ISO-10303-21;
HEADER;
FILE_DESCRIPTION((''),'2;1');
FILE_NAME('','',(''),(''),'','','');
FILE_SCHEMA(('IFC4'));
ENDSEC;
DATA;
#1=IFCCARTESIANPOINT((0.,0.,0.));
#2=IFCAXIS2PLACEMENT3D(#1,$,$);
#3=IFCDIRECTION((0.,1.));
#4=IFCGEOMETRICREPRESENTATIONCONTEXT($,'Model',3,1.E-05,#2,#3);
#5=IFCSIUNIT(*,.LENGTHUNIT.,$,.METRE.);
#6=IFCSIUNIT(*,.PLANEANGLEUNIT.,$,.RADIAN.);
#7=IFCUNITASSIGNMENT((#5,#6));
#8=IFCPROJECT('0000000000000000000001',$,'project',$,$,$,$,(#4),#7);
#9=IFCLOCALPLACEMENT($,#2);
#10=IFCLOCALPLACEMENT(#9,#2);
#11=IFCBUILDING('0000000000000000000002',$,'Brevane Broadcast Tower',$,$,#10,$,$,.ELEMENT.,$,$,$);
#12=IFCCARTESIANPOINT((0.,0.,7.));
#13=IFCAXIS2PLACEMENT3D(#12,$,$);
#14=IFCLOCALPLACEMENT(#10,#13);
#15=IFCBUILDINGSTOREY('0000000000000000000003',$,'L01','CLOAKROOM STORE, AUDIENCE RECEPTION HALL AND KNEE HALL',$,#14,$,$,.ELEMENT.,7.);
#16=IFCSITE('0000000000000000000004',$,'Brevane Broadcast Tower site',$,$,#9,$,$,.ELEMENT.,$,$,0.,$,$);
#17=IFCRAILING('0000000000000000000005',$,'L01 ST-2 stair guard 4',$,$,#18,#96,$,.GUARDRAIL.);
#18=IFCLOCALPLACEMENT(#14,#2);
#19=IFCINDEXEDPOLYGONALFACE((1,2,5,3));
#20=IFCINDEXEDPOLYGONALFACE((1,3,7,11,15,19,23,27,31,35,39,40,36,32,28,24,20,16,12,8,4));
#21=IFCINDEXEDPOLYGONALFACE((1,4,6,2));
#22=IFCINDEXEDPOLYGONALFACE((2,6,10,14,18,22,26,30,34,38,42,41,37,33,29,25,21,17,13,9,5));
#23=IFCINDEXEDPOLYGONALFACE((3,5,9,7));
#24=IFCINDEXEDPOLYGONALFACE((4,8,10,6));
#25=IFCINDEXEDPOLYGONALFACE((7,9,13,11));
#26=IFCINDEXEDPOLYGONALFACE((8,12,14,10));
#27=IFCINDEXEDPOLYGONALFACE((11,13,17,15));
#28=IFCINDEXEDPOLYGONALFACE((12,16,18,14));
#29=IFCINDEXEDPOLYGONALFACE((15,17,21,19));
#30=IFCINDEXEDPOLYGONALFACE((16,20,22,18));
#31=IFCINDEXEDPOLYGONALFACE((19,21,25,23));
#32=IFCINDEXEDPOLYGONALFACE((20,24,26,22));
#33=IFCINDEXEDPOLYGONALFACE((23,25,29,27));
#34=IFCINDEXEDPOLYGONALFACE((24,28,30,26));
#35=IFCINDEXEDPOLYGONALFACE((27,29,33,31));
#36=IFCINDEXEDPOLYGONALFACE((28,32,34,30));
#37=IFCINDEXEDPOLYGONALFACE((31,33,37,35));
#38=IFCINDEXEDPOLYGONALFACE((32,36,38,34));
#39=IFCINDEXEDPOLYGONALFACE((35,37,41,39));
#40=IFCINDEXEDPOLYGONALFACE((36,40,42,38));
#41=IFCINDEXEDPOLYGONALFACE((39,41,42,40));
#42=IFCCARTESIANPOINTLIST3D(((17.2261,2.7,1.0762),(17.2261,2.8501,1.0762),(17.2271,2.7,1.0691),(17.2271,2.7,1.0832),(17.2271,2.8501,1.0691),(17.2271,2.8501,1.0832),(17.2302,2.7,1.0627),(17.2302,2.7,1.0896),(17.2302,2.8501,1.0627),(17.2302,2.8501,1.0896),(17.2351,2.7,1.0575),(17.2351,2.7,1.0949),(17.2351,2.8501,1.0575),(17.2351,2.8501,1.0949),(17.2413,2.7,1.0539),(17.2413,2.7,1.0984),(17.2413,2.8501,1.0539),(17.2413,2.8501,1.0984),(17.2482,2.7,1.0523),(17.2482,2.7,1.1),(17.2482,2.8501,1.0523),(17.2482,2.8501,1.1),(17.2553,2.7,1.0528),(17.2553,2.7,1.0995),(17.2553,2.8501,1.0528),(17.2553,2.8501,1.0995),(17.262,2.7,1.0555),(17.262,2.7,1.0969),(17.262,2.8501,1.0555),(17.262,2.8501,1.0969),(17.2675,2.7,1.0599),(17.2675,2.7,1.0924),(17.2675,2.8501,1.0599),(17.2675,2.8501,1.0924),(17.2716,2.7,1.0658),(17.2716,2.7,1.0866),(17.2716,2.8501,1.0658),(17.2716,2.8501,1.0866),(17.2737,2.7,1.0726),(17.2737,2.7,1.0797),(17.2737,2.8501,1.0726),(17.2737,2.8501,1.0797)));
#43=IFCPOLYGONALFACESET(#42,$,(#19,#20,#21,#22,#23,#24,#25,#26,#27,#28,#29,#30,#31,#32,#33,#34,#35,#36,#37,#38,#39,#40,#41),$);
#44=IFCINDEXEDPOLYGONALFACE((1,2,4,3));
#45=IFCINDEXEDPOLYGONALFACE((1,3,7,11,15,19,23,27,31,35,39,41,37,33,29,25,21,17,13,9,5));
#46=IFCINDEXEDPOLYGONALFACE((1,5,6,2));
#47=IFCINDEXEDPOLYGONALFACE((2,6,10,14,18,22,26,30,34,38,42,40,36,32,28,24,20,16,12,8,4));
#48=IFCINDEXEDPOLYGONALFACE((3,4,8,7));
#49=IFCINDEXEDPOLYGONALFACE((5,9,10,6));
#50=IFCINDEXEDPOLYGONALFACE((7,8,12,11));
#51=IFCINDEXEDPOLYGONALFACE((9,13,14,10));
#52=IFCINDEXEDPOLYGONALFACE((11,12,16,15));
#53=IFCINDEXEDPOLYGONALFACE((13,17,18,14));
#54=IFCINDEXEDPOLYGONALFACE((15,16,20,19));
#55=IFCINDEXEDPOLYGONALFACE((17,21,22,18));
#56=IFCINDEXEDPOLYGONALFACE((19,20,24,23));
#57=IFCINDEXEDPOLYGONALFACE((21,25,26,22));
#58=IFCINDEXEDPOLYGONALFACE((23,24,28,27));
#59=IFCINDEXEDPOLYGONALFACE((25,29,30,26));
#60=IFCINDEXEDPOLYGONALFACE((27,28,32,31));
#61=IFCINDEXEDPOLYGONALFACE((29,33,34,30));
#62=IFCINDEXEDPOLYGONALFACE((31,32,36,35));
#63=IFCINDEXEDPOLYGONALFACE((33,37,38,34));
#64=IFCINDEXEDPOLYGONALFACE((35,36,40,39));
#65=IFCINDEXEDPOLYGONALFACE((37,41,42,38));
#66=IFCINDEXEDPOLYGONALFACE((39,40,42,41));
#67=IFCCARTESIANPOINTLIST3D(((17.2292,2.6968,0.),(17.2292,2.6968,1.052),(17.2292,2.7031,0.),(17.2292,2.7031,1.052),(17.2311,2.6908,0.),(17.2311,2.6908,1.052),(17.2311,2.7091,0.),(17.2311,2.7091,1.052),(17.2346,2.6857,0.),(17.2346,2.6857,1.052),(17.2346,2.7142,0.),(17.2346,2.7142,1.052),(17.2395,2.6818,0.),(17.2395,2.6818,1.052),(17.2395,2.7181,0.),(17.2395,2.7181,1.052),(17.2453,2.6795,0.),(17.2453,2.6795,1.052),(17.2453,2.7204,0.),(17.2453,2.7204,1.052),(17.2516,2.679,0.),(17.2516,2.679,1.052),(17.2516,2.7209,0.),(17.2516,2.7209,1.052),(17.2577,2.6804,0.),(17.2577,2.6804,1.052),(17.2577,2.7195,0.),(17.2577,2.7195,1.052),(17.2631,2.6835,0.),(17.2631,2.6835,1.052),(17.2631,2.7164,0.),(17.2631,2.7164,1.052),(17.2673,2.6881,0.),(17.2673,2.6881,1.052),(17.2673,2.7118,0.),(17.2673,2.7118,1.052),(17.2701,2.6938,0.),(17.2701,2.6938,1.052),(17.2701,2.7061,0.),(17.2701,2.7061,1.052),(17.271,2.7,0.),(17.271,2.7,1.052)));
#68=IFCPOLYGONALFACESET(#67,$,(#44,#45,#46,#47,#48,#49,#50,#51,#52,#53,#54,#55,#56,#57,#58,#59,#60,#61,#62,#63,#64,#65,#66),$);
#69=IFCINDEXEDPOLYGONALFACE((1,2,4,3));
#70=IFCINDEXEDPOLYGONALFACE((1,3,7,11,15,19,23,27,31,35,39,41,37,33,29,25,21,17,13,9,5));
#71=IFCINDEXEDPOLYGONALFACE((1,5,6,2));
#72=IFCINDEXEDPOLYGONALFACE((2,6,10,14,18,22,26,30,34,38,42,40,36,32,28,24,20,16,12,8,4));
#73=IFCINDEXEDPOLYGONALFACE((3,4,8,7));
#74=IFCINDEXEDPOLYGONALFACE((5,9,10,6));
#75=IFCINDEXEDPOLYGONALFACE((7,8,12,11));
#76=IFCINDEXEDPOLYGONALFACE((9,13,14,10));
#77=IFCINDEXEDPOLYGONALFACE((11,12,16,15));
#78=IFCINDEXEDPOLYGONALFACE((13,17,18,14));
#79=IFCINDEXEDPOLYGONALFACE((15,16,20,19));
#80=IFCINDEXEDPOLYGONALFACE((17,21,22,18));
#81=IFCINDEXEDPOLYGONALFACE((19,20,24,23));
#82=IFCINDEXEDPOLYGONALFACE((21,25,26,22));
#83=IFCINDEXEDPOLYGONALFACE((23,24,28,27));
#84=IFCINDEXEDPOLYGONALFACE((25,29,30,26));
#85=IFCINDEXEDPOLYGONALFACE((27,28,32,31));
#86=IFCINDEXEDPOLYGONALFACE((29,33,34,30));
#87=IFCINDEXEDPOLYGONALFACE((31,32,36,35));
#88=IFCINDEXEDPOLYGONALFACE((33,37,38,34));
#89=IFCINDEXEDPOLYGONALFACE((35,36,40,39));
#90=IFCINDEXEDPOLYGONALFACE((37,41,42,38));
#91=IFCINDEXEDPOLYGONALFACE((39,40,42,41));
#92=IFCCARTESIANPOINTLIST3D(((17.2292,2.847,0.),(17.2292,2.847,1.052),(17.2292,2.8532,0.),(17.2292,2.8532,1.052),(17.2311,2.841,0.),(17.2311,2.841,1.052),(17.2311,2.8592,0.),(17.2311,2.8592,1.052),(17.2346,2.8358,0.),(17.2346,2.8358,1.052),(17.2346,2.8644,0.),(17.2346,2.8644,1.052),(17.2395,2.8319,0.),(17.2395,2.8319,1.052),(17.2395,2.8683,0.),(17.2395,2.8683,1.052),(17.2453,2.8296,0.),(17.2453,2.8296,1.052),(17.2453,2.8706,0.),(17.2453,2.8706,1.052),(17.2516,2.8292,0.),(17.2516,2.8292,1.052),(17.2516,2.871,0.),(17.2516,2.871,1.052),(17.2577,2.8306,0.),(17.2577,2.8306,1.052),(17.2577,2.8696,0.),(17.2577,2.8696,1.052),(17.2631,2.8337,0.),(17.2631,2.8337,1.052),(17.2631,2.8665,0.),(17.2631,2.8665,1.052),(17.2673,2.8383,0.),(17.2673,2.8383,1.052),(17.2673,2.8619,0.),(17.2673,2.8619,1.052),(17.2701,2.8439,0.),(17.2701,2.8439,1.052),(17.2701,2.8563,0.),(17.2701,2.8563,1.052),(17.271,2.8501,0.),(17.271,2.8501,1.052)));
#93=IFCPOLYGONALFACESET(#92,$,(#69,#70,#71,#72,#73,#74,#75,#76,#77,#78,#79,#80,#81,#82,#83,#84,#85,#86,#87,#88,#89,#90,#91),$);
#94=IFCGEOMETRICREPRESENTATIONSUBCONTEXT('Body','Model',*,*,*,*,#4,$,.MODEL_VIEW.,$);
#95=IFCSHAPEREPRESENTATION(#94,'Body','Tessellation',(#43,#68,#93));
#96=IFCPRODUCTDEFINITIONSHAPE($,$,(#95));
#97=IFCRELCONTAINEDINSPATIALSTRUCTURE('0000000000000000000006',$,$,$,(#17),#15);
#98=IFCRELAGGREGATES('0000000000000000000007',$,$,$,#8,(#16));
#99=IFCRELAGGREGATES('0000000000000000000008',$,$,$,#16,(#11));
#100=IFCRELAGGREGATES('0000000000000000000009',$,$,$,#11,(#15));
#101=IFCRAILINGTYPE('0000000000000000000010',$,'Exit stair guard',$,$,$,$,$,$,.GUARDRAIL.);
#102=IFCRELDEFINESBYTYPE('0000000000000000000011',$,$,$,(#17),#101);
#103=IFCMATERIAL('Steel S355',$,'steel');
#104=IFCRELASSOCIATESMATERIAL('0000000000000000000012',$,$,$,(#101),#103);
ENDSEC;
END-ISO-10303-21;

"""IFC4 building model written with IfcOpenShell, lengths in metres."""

from ifc_helpers import new_model, si_unit, direction, frame, origin, origin_2d, place, context, subcontext, project, spatial, circle, extrude, material, type_object, element, save


model = new_model("IFC4")

# Units and contexts
model_context = context("Model", 3, precision=1e-05, world=origin(), true_north=direction((0.0, 1.0)))
body_context = subcontext(model_context, "Body", "Model", "MODEL_VIEW")
ifc_project = project(units=[si_unit("LENGTHUNIT", "METRE"), si_unit("PLANEANGLEUNIT", "RADIAN")], contexts=[model_context])

# Site, building, storey
site_placement = place(None, origin())
site = spatial("IfcSite", under=ifc_project, at=site_placement, Name="Brevane Broadcast Tower site", CompositionType="ELEMENT", RefElevation=0.0)
building_placement = place(site_placement, origin())
building = spatial("IfcBuilding", under=site, at=building_placement, Name="Brevane Broadcast Tower", CompositionType="ELEMENT")
storey_placement = place(building_placement, frame((0.0, 0.0, 7.0)))
storey = spatial("IfcBuildingStorey", under=building, at=storey_placement, Name="L01", Description="CLOAKROOM STORE, AUDIENCE RECEPTION HALL AND KNEE HALL", CompositionType="ELEMENT", Elevation=7.0)

# Railing
ifc_material_1 = material(Name="Steel S355", Category="steel")
railing_type_1 = type_object("IfcRailingType", Name="Exit stair guard", PredefinedType="GUARDRAIL", material=ifc_material_1)
railing_1_placement = place(storey_placement, frame((17.25, 2.7, 0.0)))
element("IfcRailing", 1, at=railing_1_placement, inside=storey, type_object=railing_type_1, Name="L01 ST-2 stair guard 4", PredefinedType="GUARDRAIL", context=body_context, shape_type="SweptSolid", body=[
    extrude(circle(Radius=0.0239, at=origin_2d()), frame((0.0, 0.0, 1.0762), z_axis=(0.0, 1.0, 0.0), x_axis=(-1.0, 0.0, 0.0)), (0.0, 0.0, 1.0), 0.1501),
    extrude(circle(Radius=0.021, at=origin_2d()), origin(), (0.0, 0.0, 1.0), 1.052),
    extrude(circle(Radius=0.021, at=origin_2d()), frame((0.0, 0.1501, 0.0)), (0.0, 0.0, 1.0), 1.052),
])

save(model, "model.ifc")
